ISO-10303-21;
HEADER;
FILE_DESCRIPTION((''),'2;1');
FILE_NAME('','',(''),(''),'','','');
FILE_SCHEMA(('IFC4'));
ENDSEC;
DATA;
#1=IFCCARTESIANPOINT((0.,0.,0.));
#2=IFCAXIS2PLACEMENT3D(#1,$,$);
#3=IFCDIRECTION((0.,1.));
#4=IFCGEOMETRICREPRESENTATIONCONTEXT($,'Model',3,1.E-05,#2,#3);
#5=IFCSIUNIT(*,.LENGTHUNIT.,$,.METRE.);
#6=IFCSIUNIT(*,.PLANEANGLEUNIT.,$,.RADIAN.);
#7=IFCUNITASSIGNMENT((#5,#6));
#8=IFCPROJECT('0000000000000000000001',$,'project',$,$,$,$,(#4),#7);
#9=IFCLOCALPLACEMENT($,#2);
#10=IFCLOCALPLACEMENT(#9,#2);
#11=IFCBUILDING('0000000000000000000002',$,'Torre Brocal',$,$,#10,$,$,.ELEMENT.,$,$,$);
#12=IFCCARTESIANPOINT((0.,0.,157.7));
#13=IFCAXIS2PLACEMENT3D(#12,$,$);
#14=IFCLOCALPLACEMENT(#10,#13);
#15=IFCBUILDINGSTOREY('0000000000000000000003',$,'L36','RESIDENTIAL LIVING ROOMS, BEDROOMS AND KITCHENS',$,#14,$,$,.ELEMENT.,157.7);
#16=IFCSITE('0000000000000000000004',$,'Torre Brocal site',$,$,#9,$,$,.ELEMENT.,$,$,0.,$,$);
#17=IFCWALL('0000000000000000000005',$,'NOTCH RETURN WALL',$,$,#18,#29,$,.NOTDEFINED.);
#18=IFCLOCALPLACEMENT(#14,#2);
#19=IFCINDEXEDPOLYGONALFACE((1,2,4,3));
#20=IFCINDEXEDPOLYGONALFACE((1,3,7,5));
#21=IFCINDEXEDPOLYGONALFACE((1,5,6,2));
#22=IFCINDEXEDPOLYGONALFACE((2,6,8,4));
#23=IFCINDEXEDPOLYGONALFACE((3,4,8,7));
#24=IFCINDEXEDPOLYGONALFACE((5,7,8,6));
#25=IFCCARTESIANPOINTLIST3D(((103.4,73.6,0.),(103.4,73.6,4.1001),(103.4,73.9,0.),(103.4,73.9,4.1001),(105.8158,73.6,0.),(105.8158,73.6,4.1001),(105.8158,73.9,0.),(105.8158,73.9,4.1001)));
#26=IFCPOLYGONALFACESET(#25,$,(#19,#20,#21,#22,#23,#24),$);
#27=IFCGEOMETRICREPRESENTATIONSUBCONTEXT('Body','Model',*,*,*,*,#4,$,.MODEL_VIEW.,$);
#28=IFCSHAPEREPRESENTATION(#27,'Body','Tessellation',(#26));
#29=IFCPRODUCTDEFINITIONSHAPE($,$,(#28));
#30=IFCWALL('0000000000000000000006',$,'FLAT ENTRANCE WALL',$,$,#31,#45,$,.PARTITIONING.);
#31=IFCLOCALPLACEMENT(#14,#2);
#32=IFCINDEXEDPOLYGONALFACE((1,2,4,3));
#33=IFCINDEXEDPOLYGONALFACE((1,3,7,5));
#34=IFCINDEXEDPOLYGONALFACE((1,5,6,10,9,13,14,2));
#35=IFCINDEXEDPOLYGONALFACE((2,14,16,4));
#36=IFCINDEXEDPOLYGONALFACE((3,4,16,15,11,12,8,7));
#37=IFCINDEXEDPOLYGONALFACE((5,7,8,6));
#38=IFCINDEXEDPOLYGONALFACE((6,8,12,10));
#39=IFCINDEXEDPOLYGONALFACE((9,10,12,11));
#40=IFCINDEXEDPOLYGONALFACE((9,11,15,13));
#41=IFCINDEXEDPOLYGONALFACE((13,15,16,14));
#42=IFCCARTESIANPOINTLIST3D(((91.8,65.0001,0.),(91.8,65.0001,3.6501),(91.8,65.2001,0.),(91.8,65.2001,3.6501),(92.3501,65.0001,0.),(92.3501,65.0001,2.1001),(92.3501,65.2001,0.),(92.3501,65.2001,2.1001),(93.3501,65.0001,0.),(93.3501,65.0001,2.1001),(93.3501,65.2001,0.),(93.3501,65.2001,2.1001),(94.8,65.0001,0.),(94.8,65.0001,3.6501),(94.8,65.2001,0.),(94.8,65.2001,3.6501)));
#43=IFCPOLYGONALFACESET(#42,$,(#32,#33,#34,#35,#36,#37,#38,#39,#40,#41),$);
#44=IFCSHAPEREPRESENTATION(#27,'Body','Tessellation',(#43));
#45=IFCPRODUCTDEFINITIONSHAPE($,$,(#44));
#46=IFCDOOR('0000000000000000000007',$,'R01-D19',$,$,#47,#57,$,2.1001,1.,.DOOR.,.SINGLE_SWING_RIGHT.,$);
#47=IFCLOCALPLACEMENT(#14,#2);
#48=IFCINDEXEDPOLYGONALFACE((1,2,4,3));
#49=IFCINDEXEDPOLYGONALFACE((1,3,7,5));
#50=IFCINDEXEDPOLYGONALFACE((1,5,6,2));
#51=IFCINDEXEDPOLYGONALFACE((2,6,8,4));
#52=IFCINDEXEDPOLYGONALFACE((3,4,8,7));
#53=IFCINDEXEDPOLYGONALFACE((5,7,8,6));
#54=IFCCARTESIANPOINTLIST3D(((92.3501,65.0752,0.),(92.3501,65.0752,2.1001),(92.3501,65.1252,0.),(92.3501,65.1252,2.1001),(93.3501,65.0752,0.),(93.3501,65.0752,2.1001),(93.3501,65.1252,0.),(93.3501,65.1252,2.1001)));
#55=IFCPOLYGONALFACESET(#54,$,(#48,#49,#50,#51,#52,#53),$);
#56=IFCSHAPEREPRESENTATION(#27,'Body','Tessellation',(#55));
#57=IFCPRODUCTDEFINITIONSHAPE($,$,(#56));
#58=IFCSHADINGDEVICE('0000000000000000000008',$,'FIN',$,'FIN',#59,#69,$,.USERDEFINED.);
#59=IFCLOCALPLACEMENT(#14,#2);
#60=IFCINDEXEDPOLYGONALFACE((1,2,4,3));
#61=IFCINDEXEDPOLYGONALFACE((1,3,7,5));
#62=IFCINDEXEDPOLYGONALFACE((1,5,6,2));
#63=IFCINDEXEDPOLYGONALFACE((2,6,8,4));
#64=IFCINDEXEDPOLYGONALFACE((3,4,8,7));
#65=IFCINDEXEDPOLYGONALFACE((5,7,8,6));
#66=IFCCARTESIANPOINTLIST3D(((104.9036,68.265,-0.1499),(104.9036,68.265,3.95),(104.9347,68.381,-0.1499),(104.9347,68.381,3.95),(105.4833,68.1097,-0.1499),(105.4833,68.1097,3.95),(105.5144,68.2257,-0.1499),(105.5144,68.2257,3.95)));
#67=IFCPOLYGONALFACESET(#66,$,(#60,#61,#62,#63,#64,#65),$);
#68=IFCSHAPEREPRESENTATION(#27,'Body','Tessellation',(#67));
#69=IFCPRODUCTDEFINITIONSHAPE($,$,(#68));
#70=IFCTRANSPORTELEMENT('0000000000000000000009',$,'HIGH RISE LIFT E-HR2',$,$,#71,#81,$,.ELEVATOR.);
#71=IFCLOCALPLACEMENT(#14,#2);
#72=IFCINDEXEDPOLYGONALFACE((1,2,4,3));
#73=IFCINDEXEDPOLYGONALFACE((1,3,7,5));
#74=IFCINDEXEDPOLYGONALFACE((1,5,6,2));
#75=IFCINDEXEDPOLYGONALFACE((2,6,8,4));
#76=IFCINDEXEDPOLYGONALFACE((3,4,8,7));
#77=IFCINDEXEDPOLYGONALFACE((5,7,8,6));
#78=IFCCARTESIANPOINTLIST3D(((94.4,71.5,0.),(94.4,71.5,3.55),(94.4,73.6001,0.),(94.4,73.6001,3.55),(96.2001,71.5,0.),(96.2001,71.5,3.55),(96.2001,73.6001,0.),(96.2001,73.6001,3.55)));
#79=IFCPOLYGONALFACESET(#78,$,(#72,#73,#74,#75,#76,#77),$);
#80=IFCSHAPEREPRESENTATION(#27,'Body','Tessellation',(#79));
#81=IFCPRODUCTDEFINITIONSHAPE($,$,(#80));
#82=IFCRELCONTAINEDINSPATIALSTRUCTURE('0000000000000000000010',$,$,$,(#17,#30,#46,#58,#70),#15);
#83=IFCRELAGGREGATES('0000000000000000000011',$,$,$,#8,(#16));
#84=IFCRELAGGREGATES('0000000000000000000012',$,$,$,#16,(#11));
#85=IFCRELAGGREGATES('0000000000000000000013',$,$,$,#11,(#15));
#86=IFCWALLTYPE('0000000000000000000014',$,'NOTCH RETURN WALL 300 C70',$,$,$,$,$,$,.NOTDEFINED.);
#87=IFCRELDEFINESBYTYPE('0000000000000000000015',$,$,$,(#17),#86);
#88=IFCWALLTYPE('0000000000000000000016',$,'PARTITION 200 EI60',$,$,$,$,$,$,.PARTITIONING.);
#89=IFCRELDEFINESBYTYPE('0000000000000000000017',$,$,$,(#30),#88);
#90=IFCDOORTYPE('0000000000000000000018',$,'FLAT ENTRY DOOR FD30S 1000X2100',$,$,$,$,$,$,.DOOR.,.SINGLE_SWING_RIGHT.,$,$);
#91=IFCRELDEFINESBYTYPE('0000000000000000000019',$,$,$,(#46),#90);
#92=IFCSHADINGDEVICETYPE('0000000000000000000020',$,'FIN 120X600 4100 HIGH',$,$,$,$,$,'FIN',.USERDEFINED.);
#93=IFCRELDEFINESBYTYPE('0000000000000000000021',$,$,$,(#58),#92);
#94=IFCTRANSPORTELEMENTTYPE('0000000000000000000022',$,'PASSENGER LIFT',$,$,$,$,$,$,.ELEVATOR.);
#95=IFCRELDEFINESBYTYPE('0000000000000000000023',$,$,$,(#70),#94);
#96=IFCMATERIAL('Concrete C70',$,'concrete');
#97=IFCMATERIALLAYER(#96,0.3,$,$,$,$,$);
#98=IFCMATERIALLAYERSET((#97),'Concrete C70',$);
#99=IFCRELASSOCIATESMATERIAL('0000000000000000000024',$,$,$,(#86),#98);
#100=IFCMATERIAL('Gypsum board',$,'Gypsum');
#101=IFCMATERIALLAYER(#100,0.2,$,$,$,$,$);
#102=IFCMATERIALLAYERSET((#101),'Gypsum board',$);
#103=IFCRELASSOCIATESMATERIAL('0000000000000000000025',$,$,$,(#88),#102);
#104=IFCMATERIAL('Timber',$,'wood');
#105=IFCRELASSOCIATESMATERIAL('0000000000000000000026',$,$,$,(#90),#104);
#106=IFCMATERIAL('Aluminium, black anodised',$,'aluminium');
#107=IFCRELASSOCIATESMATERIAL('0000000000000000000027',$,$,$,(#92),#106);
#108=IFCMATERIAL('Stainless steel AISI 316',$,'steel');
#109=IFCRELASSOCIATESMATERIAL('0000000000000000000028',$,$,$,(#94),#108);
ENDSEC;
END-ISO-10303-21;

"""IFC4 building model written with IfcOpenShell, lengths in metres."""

from ifc_helpers import new_model, si_unit, direction, frame, frame_2d, origin, origin_2d, place, context, subcontext, project, spatial, rectangle, extrude, material, layer, layer_set, material_profile, profile_set, type_object, element, fill, save


model = new_model("IFC4")

# Units and contexts
model_context = context("Model", 3, precision=1e-05, world=origin(), true_north=direction((0.0, 1.0)))
body_context = subcontext(model_context, "Body", "Model", "MODEL_VIEW")
ifc_project = project(units=[si_unit("LENGTHUNIT", "METRE"), si_unit("PLANEANGLEUNIT", "RADIAN")], contexts=[model_context])

# Site, building, storey
site_placement = place(None, origin())
site = spatial("IfcSite", under=ifc_project, at=site_placement, Name="Torre Brocal site", CompositionType="ELEMENT", RefElevation=0.0)
building_placement = place(site_placement, origin())
building = spatial("IfcBuilding", under=site, at=building_placement, Name="Torre Brocal", CompositionType="ELEMENT")
storey_placement = place(building_placement, frame((0.0, 0.0, 157.7)))
storey = spatial("IfcBuildingStorey", under=building, at=storey_placement, Name="L36", Description="RESIDENTIAL LIVING ROOMS, BEDROOMS AND KITCHENS", CompositionType="ELEMENT", Elevation=157.7)

# Wall
ifc_material_1 = material(Name="Concrete C70", Category="concrete")
ifc_layer_1 = layer(ifc_material_1, 0.3)
ifc_layer_set_1 = layer_set([ifc_layer_1], Name="Concrete C70")
wall_type_1 = type_object("IfcWallType", Name="NOTCH RETURN WALL 300 C70", PredefinedType="NOTDEFINED", material=ifc_layer_set_1)
wall_1_placement = place(storey_placement, frame((103.3999, 73.75, 0.0), z_axis=(0.0, 0.0, 1.0), x_axis=(1.0, 0.0, 0.0)))
element("IfcWall", 1, at=wall_1_placement, inside=storey, type_object=wall_type_1, Name="NOTCH RETURN WALL", PredefinedType="NOTDEFINED", context=body_context, shape_type="SweptSolid", body=[
    extrude(rectangle(XDim=2.4158, YDim=0.3, at=frame_2d((1.208, 0.0))), origin(), (0.0, 0.0, 1.0), 4.1001),
])

# Wall, opening, door
ifc_material_2 = material(Name="Gypsum board", Category="Gypsum")
ifc_layer_2 = layer(ifc_material_2, 0.2)
ifc_layer_set_2 = layer_set([ifc_layer_2], Name="Gypsum board")
wall_type_2 = type_object("IfcWallType", Name="PARTITION 200 EI60", PredefinedType="PARTITIONING", material=ifc_layer_set_2)
wall_2_placement = place(storey_placement, frame((91.8, 65.1001, 0.0), z_axis=(0.0, 0.0, 1.0), x_axis=(1.0, 0.0, 0.0)))
wall_2 = element("IfcWall", 2, at=wall_2_placement, inside=storey, type_object=wall_type_2, Name="FLAT ENTRANCE WALL", PredefinedType="PARTITIONING", context=body_context, shape_type="SweptSolid", body=[
    extrude(rectangle(XDim=3.0, YDim=0.2, at=frame_2d((1.5, 0.0))), origin(), (0.0, 0.0, 1.0), 3.6501),
])
opening_1_placement = place(wall_2_placement, frame((0.55, 0.0, 0.0)))
opening_1 = element("IfcOpeningElement", 3, at=opening_1_placement, cuts=wall_2, PredefinedType="OPENING", context=body_context, shape_type="SweptSolid", body=[
    extrude(rectangle(XDim=1.0, YDim=2.1001, at=frame_2d((0.5, 1.05))), frame((0.0, 0.1099, 0.0), z_axis=(0.0, -1.0, 0.0), x_axis=(1.0, 0.0, 0.0)), (0.0, 0.0, 1.0), 0.22),
])
ifc_material_3 = material(Name="Timber", Category="wood")
door_type_1 = type_object("IfcDoorType", Name="FLAT ENTRY DOOR FD30S 1000X2100", OperationType="SINGLE_SWING_RIGHT", PredefinedType="DOOR", material=ifc_material_3)
door_1_placement = place(opening_1_placement, frame((1.0, 0.0, 0.0), z_axis=(0.0, 0.0, 1.0), x_axis=(-1.0, 0.0, 0.0)))
door_1 = element("IfcDoor", 4, at=door_1_placement, inside=storey, type_object=door_type_1, Name="R01-D19", OperationType="SINGLE_SWING_RIGHT", OverallHeight=2.1001, OverallWidth=1.0, PredefinedType="DOOR", context=body_context, shape_type="SweptSolid", body=[
    extrude(rectangle(XDim=1.0, YDim=2.1001, at=frame_2d((0.5, 1.05))), frame((0.0, 0.0249, 0.0), z_axis=(0.0, -1.0, 0.0), x_axis=(1.0, 0.0, 0.0)), (0.0, 0.0, 1.0), 0.05),
])
fill(opening_1, door_1)

# Shading device
ifc_material_4 = material(Name="Aluminium, black anodised", Category="aluminium")
ifc_material_profile_1 = material_profile(ifc_material_4, rectangle(XDim=0.1201, YDim=0.6001, at=origin_2d()), Name="FIN 120X600 4100 HIGH")
ifc_profile_set_1 = profile_set([ifc_material_profile_1], Name="Aluminium, black anodised")
shading_device_type = type_object("IfcShadingDeviceType", Name="FIN 120X600 4100 HIGH", ElementType="FIN", PredefinedType="USERDEFINED", material=ifc_profile_set_1)
shading_device_placement = place(storey_placement, frame((105.209, 68.2454, -0.1499), z_axis=(0.0, 0.0, 1.0), x_axis=(0.258819, 0.965926, 0.0)))
element("IfcShadingDevice", 5, at=shading_device_placement, inside=storey, type_object=shading_device_type, Name="FIN", ObjectType="FIN", PredefinedType="USERDEFINED", context=body_context, shape_type="SweptSolid", body=[
    extrude(rectangle(XDim=0.1201, YDim=0.6001, at=origin_2d()), origin(), (0.0, 0.0, 1.0), 4.0999),
])

# Transport element
ifc_material_5 = material(Name="Stainless steel AISI 316", Category="steel")
transport_element_type = type_object("IfcTransportElementType", Name="PASSENGER LIFT", PredefinedType="ELEVATOR", material=ifc_material_5)
transport_element_placement = place(storey_placement, frame((95.3, 72.55, 0.0), z_axis=(0.0, 0.0, 1.0), x_axis=(1.0, 0.0, 0.0)))
element("IfcTransportElement", 6, at=transport_element_placement, inside=storey, type_object=transport_element_type, Name="HIGH RISE LIFT E-HR2", PredefinedType="ELEVATOR", context=body_context, shape_type="SweptSolid", body=[
    extrude(rectangle(XDim=1.8, YDim=2.1001, at=origin_2d()), origin(), (0.0, 0.0, 1.0), 3.55),
])

save(model, "model.ifc")
